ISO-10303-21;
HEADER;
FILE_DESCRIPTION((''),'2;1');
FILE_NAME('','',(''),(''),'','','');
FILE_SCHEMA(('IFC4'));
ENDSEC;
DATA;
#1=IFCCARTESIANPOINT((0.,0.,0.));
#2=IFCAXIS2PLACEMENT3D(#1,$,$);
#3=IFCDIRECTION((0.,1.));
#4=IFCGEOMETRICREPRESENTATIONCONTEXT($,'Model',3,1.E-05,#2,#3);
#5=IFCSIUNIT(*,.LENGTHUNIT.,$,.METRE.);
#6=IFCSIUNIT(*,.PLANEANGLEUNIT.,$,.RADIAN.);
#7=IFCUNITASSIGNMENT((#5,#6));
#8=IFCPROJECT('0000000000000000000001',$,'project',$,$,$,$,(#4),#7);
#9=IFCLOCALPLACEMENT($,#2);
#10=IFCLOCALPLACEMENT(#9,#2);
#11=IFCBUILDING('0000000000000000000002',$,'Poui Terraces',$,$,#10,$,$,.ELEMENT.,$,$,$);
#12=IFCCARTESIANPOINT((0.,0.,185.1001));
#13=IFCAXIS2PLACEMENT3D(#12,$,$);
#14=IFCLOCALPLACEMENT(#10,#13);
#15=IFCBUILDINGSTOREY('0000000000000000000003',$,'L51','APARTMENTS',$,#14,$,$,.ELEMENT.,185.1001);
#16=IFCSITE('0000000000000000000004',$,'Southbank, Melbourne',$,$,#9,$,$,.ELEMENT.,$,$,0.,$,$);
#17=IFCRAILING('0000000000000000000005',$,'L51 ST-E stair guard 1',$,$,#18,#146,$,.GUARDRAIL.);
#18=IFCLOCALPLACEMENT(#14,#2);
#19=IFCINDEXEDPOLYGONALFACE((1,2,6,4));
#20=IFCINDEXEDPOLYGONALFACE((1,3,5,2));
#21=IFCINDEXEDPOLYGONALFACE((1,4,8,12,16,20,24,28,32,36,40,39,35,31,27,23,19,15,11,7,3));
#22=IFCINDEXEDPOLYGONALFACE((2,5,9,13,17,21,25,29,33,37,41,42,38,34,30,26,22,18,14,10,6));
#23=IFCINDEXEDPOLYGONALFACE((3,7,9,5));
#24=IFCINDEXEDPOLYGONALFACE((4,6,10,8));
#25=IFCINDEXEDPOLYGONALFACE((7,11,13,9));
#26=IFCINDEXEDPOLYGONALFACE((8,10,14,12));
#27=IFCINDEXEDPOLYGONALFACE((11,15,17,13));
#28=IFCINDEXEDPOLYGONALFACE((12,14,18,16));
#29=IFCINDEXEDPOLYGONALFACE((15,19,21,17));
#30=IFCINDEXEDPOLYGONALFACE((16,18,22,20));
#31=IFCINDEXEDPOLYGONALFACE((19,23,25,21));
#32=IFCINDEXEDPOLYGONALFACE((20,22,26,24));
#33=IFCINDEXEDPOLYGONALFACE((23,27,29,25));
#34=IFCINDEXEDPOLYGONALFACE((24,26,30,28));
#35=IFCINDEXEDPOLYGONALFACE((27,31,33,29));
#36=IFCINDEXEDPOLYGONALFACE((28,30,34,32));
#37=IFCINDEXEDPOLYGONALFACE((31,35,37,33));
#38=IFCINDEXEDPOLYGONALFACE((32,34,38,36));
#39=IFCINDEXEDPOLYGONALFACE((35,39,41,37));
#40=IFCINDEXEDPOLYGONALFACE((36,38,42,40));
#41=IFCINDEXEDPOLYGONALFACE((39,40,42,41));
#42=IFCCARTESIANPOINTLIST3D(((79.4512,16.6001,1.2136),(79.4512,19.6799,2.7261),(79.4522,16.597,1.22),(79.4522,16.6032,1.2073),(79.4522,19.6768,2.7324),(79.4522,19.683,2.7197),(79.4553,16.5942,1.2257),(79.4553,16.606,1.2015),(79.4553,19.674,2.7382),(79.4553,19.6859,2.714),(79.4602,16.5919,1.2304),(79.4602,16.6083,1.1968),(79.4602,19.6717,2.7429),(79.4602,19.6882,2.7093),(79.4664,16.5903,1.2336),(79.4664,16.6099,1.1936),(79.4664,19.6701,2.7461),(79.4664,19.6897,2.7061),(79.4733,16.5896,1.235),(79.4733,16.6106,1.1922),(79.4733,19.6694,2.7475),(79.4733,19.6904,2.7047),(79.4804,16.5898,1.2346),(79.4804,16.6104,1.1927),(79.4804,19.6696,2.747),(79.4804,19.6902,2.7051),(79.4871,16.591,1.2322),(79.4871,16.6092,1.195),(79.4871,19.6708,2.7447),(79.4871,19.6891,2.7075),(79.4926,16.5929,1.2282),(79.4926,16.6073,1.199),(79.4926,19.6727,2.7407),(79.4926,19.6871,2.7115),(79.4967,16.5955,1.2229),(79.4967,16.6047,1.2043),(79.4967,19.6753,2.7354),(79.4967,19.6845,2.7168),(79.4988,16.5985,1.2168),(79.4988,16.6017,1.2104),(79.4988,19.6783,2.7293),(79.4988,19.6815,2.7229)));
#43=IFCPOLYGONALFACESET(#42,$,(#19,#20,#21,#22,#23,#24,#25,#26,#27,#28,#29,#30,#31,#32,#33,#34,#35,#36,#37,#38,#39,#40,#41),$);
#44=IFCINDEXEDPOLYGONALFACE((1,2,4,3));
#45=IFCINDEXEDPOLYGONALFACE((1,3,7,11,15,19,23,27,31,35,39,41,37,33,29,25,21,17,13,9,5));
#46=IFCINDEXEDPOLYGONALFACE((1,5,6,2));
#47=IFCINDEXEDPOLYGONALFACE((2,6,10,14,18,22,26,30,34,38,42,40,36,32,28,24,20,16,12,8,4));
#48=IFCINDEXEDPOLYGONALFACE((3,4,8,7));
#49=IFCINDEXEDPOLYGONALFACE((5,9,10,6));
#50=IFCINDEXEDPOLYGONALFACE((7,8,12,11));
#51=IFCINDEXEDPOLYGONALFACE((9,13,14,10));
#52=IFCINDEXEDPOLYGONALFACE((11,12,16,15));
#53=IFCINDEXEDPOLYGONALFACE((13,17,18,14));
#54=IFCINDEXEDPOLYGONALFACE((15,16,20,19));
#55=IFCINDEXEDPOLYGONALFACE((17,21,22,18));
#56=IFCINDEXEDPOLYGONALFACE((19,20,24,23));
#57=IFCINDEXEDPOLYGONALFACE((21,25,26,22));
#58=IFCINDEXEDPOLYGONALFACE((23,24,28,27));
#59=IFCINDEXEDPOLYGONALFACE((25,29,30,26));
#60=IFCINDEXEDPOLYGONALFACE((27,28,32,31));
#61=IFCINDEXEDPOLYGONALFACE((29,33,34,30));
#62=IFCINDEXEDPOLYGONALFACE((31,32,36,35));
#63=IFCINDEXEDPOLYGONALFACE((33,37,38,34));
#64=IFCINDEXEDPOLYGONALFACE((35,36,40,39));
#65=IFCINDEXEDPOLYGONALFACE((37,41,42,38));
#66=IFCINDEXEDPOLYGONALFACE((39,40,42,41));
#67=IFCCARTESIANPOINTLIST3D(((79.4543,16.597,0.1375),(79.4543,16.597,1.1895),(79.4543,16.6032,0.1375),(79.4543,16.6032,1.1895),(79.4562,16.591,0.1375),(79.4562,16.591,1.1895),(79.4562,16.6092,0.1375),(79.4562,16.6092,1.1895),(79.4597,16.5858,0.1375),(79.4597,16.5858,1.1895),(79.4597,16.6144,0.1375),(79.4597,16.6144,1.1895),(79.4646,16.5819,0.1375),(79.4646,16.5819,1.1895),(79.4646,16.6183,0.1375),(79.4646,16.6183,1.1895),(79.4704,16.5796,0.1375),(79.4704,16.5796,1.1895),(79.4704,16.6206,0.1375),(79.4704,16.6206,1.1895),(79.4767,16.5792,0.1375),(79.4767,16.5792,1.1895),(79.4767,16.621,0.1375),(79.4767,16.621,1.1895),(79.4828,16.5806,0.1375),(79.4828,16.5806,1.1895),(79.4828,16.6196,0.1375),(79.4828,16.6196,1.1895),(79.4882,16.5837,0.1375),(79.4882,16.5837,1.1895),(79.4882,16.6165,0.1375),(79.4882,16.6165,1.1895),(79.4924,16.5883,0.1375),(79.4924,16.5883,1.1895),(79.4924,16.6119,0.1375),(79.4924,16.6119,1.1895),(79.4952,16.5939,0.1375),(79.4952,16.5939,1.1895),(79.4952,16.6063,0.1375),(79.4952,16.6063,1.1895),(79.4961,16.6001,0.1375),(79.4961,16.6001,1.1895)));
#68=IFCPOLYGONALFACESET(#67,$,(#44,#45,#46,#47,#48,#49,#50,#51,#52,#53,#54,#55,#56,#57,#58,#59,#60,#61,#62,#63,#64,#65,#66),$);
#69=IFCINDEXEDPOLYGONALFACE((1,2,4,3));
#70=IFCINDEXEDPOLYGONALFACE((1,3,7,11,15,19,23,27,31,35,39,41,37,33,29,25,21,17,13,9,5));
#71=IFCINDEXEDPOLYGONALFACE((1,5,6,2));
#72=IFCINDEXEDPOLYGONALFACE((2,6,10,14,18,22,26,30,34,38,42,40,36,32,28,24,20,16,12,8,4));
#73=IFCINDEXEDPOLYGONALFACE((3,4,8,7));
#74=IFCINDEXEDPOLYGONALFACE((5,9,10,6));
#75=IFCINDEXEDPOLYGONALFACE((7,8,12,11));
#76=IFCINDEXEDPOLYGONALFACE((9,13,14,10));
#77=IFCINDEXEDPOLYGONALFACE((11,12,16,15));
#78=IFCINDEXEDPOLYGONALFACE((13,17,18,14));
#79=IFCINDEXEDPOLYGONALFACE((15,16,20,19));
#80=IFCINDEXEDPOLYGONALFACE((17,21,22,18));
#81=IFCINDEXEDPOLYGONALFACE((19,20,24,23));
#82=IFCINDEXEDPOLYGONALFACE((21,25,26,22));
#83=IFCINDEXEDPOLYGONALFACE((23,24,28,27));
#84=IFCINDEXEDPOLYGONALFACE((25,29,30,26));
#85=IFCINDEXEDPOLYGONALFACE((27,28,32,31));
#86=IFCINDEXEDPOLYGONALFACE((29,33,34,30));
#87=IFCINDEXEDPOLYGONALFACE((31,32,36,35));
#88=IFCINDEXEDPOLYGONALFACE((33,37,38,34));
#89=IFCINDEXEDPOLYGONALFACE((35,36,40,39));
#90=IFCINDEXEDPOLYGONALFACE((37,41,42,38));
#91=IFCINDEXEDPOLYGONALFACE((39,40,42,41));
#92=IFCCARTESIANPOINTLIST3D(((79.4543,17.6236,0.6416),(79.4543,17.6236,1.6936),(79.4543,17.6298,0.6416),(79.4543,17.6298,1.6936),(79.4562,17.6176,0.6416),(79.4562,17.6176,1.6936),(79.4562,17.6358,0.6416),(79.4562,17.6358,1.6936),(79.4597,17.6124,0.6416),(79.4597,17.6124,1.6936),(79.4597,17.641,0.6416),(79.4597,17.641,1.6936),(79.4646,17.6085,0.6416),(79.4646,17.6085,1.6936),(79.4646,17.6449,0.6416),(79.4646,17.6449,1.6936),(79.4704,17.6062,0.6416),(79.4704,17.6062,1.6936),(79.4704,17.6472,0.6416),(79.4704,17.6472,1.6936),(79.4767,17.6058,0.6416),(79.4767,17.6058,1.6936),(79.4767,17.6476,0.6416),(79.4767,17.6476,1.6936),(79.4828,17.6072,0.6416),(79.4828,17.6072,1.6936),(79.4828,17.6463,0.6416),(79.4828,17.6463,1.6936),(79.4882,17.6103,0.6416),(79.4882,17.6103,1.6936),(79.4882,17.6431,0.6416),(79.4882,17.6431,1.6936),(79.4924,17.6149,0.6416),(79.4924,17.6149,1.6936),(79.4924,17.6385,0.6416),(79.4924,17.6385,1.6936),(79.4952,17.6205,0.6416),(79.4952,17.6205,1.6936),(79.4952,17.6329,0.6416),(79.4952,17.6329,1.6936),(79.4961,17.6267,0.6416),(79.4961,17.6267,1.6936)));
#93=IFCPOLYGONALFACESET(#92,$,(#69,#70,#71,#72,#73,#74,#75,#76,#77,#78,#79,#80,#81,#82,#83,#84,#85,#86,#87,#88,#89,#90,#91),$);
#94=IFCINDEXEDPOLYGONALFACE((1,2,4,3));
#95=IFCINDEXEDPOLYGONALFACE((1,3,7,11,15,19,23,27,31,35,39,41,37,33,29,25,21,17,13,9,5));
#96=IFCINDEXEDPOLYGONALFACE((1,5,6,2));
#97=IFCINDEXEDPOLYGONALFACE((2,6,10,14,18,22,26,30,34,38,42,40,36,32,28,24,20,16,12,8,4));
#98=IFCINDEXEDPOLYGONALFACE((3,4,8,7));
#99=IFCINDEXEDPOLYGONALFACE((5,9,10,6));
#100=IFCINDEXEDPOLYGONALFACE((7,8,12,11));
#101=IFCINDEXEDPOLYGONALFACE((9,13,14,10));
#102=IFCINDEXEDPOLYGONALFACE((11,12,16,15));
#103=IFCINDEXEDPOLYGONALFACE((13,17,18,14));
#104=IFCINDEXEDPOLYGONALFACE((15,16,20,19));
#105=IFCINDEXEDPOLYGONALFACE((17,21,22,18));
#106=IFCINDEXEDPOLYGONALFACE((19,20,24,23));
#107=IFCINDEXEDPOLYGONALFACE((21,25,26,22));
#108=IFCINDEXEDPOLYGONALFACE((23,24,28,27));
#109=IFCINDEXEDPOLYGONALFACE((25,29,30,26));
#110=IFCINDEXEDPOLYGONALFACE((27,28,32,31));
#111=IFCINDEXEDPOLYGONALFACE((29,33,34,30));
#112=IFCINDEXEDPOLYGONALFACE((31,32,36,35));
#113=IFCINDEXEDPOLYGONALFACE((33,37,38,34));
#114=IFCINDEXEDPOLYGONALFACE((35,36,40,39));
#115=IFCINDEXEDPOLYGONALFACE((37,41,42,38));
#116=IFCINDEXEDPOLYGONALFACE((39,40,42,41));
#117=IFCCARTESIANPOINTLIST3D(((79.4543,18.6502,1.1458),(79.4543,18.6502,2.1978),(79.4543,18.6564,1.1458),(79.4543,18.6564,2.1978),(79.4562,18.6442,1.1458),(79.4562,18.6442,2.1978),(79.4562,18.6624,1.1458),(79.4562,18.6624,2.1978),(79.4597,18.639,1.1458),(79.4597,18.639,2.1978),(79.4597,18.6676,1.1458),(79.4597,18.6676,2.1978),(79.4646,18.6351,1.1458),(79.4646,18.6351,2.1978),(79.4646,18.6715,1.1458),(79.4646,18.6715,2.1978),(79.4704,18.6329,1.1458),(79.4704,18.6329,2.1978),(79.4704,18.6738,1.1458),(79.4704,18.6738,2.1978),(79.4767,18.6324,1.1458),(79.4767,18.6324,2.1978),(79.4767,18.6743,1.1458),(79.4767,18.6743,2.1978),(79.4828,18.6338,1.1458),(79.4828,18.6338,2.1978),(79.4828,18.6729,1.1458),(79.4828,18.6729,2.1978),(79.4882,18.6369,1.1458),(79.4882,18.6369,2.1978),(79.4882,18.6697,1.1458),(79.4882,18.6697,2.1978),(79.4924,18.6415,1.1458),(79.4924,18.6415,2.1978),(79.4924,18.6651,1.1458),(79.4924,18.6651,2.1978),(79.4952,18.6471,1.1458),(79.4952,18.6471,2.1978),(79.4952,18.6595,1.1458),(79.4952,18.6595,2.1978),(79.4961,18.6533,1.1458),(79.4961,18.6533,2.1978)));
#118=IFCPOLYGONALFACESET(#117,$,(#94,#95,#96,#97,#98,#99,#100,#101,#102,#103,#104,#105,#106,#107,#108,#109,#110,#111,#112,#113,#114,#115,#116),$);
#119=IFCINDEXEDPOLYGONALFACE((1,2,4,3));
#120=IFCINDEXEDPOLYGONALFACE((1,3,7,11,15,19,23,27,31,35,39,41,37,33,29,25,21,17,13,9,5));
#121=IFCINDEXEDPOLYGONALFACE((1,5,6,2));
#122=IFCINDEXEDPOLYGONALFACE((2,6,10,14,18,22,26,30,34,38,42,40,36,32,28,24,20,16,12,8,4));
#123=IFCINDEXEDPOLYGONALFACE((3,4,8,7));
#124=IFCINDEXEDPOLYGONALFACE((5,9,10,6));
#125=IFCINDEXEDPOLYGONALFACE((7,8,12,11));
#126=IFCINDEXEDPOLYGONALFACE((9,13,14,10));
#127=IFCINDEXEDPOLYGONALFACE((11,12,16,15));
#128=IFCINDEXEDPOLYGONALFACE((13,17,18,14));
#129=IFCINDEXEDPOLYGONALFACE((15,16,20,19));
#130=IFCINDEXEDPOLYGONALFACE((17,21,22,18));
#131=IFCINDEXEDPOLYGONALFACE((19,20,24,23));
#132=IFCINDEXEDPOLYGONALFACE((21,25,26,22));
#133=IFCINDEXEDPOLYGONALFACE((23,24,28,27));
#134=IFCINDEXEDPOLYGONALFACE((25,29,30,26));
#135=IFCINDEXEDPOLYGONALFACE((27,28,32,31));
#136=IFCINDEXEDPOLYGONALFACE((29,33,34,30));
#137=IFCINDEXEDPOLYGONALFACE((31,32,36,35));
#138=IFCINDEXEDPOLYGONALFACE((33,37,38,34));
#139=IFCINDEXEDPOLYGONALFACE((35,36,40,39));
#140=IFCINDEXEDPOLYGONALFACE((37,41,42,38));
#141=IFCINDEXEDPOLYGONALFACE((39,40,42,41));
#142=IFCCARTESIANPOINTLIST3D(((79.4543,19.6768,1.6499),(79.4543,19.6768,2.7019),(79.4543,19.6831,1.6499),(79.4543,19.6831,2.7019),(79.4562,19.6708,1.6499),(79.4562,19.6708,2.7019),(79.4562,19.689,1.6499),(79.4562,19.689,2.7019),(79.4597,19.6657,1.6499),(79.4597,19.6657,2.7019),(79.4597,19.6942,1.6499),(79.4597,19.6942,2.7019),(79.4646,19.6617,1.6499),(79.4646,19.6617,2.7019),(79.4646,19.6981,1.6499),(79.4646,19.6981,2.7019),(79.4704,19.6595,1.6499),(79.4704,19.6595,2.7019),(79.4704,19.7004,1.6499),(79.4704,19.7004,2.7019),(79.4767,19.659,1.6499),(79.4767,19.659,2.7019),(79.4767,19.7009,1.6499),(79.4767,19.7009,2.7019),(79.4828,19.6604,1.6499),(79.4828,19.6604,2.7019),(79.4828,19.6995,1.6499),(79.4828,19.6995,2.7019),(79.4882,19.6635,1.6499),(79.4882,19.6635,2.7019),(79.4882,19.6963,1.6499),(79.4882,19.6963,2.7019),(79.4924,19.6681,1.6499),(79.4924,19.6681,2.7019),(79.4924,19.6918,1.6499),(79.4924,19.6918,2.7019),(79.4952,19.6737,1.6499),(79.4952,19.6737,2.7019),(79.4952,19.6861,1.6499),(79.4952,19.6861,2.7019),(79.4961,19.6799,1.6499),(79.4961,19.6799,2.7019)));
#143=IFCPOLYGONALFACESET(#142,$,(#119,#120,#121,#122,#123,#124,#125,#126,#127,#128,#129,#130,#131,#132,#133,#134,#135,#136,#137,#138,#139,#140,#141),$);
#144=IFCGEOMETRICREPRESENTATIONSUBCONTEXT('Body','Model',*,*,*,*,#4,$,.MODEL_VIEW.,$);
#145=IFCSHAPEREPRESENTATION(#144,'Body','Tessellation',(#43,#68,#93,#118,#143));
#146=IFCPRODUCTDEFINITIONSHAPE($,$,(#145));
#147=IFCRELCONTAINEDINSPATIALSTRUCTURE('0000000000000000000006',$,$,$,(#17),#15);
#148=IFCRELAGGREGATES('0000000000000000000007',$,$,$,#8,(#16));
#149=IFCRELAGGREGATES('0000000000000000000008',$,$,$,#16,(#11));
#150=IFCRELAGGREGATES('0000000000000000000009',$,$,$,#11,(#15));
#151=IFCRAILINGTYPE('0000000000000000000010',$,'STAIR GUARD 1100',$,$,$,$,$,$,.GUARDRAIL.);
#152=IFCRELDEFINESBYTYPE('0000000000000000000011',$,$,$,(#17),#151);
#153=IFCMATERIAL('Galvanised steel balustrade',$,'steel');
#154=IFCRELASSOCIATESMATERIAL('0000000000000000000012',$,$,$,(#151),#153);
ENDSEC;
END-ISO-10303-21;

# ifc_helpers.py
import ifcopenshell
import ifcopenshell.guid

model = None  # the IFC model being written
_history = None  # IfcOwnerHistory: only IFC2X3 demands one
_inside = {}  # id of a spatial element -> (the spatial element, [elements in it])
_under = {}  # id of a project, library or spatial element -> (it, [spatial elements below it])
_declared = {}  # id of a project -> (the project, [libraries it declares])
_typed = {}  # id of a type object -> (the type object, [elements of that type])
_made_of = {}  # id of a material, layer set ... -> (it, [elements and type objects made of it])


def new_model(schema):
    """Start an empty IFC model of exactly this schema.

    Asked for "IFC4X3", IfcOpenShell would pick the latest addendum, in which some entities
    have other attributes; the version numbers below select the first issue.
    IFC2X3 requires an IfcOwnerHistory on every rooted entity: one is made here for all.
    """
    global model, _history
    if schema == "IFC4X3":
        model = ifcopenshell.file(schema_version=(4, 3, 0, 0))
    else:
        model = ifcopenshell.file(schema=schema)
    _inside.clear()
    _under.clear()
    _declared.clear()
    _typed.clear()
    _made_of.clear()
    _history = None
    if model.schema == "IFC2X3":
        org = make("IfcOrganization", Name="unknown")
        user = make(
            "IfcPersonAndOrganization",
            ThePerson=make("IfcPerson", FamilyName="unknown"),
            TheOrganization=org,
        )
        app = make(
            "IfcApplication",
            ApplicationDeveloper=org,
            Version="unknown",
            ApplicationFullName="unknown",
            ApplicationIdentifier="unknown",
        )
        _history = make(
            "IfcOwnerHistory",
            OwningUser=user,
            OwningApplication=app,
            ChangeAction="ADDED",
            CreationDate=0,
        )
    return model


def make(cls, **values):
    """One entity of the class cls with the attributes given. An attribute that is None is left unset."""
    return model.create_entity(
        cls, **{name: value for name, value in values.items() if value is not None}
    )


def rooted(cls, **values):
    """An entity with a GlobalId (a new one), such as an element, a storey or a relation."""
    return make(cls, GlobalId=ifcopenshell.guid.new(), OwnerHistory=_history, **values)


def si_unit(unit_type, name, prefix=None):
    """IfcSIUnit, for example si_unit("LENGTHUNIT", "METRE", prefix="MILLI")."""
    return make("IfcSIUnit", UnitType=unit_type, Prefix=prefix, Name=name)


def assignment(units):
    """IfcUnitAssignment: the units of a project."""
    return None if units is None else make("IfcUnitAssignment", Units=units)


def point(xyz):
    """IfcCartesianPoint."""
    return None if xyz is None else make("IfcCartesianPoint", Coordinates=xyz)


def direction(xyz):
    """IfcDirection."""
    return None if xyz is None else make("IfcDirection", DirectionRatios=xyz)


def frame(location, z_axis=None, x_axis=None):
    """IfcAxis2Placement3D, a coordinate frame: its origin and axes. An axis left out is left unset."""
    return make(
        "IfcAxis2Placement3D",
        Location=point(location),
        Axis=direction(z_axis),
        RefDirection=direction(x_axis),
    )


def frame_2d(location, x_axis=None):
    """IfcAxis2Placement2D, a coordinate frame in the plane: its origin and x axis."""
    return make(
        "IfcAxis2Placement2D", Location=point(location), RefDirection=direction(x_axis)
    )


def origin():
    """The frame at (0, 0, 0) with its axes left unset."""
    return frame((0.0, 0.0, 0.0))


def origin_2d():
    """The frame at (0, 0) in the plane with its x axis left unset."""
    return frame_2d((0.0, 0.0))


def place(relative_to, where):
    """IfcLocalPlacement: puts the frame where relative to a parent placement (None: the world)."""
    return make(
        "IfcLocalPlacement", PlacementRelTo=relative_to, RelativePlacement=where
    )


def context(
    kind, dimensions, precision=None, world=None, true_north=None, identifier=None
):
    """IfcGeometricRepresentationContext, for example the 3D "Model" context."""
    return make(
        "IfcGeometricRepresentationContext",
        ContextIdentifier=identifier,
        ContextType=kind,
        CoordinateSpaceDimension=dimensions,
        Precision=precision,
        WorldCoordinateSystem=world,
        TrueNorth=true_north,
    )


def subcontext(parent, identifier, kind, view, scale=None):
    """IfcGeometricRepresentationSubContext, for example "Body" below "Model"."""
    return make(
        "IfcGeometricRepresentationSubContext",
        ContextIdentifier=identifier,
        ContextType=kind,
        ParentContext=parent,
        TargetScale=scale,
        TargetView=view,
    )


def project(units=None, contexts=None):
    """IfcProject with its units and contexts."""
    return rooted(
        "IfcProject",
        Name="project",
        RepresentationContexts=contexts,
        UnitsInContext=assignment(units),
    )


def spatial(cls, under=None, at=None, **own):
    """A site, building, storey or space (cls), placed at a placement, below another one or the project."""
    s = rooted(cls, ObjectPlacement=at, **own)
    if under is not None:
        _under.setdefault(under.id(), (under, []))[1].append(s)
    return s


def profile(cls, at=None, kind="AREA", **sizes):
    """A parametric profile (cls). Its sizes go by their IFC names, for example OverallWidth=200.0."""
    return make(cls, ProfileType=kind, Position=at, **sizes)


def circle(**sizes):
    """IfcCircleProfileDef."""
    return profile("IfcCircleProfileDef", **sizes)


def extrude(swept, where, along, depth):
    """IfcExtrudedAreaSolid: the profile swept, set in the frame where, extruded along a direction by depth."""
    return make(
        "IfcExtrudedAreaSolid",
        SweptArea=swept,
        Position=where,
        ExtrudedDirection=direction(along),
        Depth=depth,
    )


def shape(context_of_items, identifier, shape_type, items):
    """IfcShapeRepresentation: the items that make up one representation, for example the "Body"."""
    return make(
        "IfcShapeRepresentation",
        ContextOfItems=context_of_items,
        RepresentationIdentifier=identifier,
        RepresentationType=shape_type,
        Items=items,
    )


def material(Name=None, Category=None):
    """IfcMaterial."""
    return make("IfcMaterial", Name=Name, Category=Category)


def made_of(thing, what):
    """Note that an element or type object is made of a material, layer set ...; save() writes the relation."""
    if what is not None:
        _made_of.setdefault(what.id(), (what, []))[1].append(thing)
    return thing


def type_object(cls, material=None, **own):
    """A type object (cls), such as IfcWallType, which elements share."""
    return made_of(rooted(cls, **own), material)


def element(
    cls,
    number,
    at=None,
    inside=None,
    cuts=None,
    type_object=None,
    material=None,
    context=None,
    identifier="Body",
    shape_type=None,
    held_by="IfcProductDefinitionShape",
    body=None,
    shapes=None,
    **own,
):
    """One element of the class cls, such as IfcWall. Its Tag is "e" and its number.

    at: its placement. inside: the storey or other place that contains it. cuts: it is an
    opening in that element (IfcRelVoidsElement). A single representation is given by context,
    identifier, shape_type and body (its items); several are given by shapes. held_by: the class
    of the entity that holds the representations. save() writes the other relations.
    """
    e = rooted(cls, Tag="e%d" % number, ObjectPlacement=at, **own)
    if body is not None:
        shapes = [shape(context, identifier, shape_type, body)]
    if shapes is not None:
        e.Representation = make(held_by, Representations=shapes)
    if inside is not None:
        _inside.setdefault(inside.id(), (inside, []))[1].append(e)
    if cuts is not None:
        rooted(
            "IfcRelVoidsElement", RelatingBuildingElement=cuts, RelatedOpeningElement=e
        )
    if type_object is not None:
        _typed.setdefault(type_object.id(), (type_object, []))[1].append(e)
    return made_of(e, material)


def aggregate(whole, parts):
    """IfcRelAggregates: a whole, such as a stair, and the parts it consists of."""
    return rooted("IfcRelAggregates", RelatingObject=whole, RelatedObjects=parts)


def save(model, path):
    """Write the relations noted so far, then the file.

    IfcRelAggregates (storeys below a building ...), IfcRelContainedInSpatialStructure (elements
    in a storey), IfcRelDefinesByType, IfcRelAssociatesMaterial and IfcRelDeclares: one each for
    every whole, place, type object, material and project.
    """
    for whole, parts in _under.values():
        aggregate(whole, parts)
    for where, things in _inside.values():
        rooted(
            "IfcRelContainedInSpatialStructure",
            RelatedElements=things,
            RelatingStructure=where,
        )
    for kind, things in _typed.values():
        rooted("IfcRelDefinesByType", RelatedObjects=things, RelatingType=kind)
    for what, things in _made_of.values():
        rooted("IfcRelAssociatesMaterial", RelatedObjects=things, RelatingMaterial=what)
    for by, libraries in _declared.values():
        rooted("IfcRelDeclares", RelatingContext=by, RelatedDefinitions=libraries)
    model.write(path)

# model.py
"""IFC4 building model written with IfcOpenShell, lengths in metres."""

from ifc_helpers import new_model, si_unit, direction, frame, origin, origin_2d, place, context, subcontext, project, spatial, circle, extrude, material, type_object, element, save


model = new_model("IFC4")

# Units and contexts
model_context = context("Model", 3, precision=1e-05, world=origin(), true_north=direction((0.0, 1.0)))
body_context = subcontext(model_context, "Body", "Model", "MODEL_VIEW")
ifc_project = project(units=[si_unit("LENGTHUNIT", "METRE"), si_unit("PLANEANGLEUNIT", "RADIAN")], contexts=[model_context])

# Site, building, storey
site_placement = place(None, origin())
site = spatial("IfcSite", under=ifc_project, at=site_placement, Name="Southbank, Melbourne", CompositionType="ELEMENT", RefElevation=0.0)
building_placement = place(site_placement, origin())
building = spatial("IfcBuilding", under=site, at=building_placement, Name="Poui Terraces", CompositionType="ELEMENT")
storey_placement = place(building_placement, frame((0.0, 0.0, 185.1001)))
storey = spatial("IfcBuildingStorey", under=building, at=storey_placement, Name="L51", Description="APARTMENTS", CompositionType="ELEMENT", Elevation=185.1001)

# Railing
ifc_material_1 = material(Name="Galvanised steel balustrade", Category="steel")
railing_type_1 = type_object("IfcRailingType", Name="STAIR GUARD 1100", PredefinedType="GUARDRAIL", material=ifc_material_1)
railing_1_placement = place(storey_placement, frame((79.4751, 16.6001, 0.1375)))
element("IfcRailing", 1, at=railing_1_placement, inside=storey, type_object=railing_type_1, Name="L51 ST-E stair guard 1", PredefinedType="GUARDRAIL", context=body_context, shape_type="SweptSolid", body=[
    extrude(circle(Radius=0.0239, at=origin_2d()), frame((0.0, 0.0, 1.0762), z_axis=(0.0, 0.897606, 0.440798), x_axis=(-1.0, 0.0, 0.0)), (0.0, 0.0, 1.0), 3.4312),
    extrude(circle(Radius=0.021, at=origin_2d()), origin(), (0.0, 0.0, 1.0), 1.052),
    extrude(circle(Radius=0.021, at=origin_2d()), frame((0.0, 1.0266, 0.5042)), (0.0, 0.0, 1.0), 1.052),
    extrude(circle(Radius=0.021, at=origin_2d()), frame((0.0, 2.0532, 1.0083)), (0.0, 0.0, 1.0), 1.052),
    extrude(circle(Radius=0.021, at=origin_2d()), frame((0.0, 3.0798, 1.5125)), (0.0, 0.0, 1.0), 1.052),
])

save(model, "model.ifc")
